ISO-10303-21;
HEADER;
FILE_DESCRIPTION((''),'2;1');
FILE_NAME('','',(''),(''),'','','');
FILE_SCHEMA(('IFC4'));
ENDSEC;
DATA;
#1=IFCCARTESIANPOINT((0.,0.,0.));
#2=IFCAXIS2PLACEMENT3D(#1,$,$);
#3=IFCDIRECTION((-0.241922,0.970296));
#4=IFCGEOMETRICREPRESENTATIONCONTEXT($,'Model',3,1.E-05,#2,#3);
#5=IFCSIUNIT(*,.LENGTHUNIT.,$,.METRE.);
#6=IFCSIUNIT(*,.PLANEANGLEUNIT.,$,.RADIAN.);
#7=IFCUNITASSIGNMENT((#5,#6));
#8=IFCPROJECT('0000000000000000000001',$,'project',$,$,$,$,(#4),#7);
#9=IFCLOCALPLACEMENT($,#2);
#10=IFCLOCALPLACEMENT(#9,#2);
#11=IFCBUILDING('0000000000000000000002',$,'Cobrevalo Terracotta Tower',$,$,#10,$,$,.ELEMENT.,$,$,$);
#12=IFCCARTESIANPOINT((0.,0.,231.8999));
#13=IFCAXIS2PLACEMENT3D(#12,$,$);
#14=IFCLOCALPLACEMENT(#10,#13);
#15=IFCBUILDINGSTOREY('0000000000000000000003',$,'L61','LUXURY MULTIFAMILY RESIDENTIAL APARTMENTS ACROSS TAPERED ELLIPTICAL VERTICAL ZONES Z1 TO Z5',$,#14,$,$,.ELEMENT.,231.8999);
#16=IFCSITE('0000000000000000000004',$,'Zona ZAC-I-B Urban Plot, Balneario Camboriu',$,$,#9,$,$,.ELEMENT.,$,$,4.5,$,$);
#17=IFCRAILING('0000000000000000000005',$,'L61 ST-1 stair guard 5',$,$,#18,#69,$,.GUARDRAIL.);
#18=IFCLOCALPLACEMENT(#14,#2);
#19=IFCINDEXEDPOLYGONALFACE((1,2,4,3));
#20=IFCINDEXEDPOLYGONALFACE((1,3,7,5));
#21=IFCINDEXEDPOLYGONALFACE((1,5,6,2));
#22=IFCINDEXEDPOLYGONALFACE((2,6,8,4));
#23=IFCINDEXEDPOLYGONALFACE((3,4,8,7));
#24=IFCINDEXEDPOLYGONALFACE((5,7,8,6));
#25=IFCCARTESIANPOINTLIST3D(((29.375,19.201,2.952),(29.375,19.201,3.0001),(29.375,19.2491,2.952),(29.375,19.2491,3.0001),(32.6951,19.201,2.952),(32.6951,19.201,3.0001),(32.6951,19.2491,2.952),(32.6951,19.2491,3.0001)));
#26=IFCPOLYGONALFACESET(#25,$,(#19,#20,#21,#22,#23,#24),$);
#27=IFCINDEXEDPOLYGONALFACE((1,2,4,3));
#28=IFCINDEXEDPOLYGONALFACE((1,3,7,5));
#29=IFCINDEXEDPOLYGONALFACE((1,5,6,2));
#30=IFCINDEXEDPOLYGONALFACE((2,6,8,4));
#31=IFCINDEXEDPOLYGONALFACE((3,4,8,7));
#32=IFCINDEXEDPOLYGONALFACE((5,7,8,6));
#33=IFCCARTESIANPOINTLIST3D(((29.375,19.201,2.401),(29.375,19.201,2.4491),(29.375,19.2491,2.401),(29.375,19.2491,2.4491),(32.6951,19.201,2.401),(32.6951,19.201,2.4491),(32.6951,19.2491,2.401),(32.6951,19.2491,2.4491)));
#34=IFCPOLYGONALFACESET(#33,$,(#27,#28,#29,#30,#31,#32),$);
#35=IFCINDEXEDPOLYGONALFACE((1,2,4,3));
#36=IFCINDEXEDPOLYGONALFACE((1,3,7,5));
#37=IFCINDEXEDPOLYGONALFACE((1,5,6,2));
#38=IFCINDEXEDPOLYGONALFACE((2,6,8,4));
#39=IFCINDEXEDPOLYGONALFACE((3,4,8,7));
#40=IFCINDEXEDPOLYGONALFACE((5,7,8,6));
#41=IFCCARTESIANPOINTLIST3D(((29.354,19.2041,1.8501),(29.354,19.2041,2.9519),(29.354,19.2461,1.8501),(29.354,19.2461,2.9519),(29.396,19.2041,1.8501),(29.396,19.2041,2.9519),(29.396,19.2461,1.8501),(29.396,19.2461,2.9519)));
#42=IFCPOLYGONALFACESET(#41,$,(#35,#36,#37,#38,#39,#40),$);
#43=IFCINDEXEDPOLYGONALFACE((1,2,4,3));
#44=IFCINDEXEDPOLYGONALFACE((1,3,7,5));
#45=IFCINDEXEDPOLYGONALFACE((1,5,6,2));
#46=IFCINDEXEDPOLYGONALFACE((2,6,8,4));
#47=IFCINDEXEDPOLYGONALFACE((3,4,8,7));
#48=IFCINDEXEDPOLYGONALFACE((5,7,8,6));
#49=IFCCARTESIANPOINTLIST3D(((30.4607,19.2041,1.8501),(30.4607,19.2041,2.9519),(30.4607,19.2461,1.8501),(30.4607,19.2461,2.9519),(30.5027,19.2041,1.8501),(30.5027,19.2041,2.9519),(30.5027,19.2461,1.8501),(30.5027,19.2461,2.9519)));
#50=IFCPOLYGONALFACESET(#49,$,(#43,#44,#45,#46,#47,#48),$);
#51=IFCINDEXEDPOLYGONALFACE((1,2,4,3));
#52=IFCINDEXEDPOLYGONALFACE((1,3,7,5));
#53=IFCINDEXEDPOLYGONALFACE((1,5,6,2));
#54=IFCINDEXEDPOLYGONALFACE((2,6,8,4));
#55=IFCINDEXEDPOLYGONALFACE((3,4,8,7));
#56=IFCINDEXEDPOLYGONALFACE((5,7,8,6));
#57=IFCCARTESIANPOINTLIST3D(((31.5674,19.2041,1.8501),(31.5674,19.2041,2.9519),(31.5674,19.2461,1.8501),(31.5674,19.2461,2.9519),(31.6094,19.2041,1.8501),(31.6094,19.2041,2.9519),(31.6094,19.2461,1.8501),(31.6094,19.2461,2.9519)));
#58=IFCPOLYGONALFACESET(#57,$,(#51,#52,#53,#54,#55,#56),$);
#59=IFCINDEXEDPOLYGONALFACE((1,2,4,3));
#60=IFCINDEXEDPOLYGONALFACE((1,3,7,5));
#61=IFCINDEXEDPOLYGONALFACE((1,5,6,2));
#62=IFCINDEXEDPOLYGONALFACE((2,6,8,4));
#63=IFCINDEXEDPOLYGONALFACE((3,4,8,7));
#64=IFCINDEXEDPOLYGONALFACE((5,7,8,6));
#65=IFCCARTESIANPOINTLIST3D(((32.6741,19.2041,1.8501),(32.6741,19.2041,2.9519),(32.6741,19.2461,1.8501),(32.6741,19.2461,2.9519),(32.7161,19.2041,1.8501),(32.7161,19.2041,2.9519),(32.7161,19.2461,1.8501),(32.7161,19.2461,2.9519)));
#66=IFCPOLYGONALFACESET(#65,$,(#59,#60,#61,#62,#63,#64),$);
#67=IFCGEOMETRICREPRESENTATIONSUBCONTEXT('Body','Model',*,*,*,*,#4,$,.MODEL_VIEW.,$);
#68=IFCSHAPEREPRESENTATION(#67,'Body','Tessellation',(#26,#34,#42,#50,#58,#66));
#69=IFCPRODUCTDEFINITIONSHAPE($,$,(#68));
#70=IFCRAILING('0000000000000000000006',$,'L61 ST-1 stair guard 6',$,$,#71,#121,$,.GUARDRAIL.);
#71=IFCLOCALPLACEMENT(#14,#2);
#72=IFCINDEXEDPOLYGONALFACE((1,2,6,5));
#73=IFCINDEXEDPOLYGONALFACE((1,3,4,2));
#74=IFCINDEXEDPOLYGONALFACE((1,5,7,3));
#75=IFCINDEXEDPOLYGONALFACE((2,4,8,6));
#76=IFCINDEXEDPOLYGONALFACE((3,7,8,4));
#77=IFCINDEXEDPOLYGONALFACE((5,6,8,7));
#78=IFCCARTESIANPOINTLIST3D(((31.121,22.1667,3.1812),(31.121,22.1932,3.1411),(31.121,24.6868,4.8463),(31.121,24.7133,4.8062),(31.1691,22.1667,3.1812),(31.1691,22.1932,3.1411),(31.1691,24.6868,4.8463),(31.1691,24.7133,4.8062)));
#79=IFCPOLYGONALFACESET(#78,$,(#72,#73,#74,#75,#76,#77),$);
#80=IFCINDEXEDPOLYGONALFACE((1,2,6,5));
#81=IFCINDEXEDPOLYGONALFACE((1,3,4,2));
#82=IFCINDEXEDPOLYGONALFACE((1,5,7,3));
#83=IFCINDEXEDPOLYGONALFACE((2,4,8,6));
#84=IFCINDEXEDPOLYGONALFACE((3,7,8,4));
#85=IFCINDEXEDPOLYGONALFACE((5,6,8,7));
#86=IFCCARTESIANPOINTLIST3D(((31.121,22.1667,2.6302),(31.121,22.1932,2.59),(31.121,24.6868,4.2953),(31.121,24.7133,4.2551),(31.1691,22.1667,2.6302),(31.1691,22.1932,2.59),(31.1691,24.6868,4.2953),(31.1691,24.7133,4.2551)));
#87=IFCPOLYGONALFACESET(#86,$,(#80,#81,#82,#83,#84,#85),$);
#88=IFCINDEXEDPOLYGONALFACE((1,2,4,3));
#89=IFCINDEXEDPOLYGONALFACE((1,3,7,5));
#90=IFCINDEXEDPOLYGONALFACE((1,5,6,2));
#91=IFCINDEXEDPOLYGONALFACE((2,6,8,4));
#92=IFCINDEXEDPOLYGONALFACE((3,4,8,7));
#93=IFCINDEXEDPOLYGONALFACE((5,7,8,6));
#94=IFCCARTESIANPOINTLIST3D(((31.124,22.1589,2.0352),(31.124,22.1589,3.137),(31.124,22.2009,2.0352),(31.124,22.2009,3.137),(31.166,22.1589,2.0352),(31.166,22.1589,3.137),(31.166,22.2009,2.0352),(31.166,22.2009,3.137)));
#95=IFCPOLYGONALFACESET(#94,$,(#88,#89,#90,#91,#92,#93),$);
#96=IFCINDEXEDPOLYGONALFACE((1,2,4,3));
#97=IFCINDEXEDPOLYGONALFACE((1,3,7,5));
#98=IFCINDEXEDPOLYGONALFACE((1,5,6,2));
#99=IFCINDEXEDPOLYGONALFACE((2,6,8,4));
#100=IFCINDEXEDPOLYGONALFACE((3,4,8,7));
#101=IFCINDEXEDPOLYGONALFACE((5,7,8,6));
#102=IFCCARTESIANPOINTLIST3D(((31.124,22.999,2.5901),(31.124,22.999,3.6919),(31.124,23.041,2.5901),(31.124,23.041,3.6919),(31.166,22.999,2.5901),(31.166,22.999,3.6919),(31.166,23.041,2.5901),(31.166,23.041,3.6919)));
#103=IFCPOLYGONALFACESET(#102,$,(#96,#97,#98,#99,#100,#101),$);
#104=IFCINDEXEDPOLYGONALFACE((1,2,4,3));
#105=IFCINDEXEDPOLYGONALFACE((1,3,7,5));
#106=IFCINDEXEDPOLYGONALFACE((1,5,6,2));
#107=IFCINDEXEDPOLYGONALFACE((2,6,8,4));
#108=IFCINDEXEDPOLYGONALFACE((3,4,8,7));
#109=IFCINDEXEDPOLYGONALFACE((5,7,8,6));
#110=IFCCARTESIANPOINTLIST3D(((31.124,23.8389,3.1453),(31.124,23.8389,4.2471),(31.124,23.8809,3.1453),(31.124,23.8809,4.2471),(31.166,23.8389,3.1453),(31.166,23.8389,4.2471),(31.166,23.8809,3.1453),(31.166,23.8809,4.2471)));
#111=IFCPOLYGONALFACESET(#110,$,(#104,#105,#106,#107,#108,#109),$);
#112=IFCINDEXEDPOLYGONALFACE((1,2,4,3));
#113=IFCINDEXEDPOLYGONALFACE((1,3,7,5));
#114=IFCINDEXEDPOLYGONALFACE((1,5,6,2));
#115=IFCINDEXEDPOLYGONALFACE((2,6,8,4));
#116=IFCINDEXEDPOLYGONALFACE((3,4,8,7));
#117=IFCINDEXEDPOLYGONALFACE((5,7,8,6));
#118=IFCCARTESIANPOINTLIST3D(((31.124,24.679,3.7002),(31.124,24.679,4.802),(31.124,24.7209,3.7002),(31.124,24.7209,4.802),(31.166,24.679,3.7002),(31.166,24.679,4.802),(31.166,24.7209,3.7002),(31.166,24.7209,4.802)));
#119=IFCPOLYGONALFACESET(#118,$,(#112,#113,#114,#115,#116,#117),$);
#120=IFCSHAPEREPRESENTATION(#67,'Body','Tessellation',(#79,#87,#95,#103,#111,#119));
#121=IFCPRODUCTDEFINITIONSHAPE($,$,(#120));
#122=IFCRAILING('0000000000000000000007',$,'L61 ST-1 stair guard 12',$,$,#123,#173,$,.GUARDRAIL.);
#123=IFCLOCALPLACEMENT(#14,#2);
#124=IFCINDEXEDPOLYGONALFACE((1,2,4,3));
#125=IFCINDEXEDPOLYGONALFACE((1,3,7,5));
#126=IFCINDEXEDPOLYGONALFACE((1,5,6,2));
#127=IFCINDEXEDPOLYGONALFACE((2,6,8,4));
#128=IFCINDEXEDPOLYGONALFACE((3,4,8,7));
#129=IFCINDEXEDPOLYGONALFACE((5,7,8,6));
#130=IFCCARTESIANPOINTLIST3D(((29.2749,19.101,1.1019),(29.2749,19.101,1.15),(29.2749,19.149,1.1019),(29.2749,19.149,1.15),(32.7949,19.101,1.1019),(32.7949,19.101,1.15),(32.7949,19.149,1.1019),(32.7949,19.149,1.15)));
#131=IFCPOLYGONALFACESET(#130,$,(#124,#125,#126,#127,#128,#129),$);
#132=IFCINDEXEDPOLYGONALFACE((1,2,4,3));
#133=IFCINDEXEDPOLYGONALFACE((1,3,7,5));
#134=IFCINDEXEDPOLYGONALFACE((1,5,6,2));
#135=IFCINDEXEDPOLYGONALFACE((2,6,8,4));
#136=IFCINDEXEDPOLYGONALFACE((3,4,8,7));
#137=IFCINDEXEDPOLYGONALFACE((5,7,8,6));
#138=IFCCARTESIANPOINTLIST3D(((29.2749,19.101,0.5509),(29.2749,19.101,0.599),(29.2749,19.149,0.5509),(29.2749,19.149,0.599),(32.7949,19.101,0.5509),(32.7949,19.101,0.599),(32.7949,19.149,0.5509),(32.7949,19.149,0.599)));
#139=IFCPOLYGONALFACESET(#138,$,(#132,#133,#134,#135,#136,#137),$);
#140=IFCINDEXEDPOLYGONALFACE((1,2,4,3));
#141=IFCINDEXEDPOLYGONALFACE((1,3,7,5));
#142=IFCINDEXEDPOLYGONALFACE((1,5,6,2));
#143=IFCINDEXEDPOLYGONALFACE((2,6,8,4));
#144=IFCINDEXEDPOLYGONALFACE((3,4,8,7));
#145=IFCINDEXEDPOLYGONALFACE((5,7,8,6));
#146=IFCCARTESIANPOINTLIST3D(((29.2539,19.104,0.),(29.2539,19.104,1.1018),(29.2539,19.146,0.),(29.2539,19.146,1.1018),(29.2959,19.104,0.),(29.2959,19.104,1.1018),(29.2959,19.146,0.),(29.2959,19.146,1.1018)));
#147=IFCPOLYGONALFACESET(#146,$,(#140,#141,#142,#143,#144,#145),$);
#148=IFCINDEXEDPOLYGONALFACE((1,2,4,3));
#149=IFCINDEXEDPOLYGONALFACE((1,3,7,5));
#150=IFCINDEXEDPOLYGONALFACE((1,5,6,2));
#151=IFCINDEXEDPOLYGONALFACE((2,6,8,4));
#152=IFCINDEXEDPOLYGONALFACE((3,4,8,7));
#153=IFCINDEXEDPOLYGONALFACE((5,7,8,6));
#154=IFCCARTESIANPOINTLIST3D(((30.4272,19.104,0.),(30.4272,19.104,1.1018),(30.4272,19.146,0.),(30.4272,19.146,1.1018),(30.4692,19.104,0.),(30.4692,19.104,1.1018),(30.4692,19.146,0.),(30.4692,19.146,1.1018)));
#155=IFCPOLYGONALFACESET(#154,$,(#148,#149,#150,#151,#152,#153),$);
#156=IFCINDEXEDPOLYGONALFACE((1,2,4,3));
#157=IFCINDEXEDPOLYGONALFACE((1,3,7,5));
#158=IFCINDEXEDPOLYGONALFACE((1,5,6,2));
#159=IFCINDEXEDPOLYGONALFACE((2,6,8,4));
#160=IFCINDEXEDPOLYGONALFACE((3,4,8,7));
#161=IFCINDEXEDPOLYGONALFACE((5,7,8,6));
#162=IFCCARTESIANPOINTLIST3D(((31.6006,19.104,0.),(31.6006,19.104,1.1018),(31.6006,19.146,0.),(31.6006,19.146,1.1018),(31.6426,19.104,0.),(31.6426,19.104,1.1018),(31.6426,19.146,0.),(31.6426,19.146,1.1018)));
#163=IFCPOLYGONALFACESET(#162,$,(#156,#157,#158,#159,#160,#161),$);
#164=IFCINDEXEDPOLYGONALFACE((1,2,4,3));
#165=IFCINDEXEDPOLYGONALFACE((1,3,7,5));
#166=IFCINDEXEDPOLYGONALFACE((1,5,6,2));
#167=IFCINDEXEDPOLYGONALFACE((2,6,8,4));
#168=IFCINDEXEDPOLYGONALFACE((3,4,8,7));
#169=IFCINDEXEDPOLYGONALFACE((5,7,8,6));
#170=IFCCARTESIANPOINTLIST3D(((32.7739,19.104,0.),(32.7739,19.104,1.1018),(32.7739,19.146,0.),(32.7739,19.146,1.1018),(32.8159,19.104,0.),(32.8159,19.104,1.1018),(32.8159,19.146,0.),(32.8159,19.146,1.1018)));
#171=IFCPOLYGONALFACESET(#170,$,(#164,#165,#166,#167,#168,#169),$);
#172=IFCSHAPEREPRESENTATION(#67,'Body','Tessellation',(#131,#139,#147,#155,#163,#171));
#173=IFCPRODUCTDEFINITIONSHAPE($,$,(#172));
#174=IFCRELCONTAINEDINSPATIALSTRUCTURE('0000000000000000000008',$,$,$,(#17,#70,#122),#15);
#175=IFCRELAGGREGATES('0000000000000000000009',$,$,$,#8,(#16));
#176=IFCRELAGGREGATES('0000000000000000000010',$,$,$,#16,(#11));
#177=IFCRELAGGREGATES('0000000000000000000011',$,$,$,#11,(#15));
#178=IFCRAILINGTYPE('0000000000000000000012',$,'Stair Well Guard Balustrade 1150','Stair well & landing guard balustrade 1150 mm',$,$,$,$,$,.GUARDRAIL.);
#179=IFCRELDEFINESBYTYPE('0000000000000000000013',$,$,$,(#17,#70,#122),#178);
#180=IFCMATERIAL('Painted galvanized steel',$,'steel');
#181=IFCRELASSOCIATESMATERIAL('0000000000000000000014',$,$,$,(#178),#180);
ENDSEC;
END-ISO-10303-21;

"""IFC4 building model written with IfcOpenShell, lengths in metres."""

from ifc_helpers import new_model, si_unit, direction, frame, origin, origin_2d, place, context, subcontext, project, spatial, rectangle, extrude, material, type_object, element, save


model = new_model("IFC4")

# Units and contexts
model_context = context("Model", 3, precision=1e-05, world=origin(), true_north=direction((-0.241922, 0.970296)))
body_context = subcontext(model_context, "Body", "Model", "MODEL_VIEW")
ifc_project = project(units=[si_unit("LENGTHUNIT", "METRE"), si_unit("PLANEANGLEUNIT", "RADIAN")], contexts=[model_context])

# Site, building, storey
site_placement = place(None, origin())
site = spatial("IfcSite", under=ifc_project, at=site_placement, Name="Zona ZAC-I-B Urban Plot, Balneario Camboriu", CompositionType="ELEMENT", RefElevation=4.5)
building_placement = place(site_placement, origin())
building = spatial("IfcBuilding", under=site, at=building_placement, Name="Cobrevalo Terracotta Tower", CompositionType="ELEMENT")
storey_placement = place(building_placement, frame((0.0, 0.0, 231.8999)))
storey = spatial("IfcBuildingStorey", under=building, at=storey_placement, Name="L61", Description="LUXURY MULTIFAMILY RESIDENTIAL APARTMENTS ACROSS TAPERED ELLIPTICAL VERTICAL ZONES Z1 TO Z5", CompositionType="ELEMENT", Elevation=231.8999)

# Railings
ifc_material_1 = material(Name="Painted galvanized steel", Category="steel")
railing_type_1 = type_object("IfcRailingType", Name="Stair Well Guard Balustrade 1150", Description="Stair well & landing guard balustrade 1150 mm", PredefinedType="GUARDRAIL", material=ifc_material_1)
railing_1_placement = place(storey_placement, frame((29.375, 19.2251, 1.8501)))
element("IfcRailing", 1, at=railing_1_placement, inside=storey, type_object=railing_type_1, Name="L61 ST-1 stair guard 5", PredefinedType="GUARDRAIL", context=body_context, shape_type="SweptSolid", body=[
    extrude(rectangle(XDim=0.0481, YDim=0.0481, at=origin_2d()), frame((0.0, 0.0, 1.126), z_axis=(1.0, 0.0, 0.0), x_axis=(0.0, 1.0, 0.0)), (0.0, 0.0, 1.0), 3.3201),
    extrude(rectangle(XDim=0.0481, YDim=0.0481, at=origin_2d()), frame((0.0, 0.0, 0.575), z_axis=(1.0, 0.0, 0.0), x_axis=(0.0, 1.0, 0.0)), (0.0, 0.0, 1.0), 3.3201),
    extrude(rectangle(XDim=0.042, YDim=0.042, at=origin_2d()), origin(), (0.0, 0.0, 1.0), 1.1018),
    extrude(rectangle(XDim=0.042, YDim=0.042, at=origin_2d()), frame((1.1067, 0.0, 0.0)), (0.0, 0.0, 1.0), 1.1018),
    extrude(rectangle(XDim=0.042, YDim=0.042, at=origin_2d()), frame((2.2134, 0.0, 0.0)), (0.0, 0.0, 1.0), 1.1018),
    extrude(rectangle(XDim=0.042, YDim=0.042, at=origin_2d()), frame((3.3201, 0.0, 0.0)), (0.0, 0.0, 1.0), 1.1018),
])
railing_2_placement = place(storey_placement, frame((31.145, 22.1799, 2.0352)))
element("IfcRailing", 2, at=railing_2_placement, inside=storey, type_object=railing_type_1, Name="L61 ST-1 stair guard 6", PredefinedType="GUARDRAIL", context=body_context, shape_type="SweptSolid", body=[
    extrude(rectangle(XDim=0.0481, YDim=0.0481, at=origin_2d()), frame((0.0, 0.0, 1.126), z_axis=(0.0, 0.834331, 0.551263), x_axis=(-1.0, 0.0, 0.0)), (0.0, 0.0, 1.0), 3.0205),
    extrude(rectangle(XDim=0.0481, YDim=0.0481, at=origin_2d()), frame((0.0, 0.0, 0.575), z_axis=(0.0, 0.834331, 0.551263), x_axis=(-1.0, 0.0, 0.0)), (0.0, 0.0, 1.0), 3.0205),
    extrude(rectangle(XDim=0.042, YDim=0.042, at=origin_2d()), origin(), (0.0, 0.0, 1.0), 1.1018),
    extrude(rectangle(XDim=0.042, YDim=0.042, at=origin_2d()), frame((0.0, 0.8401, 0.5549)), (0.0, 0.0, 1.0), 1.1018),
    extrude(rectangle(XDim=0.042, YDim=0.042, at=origin_2d()), frame((0.0, 1.6799, 1.1101)), (0.0, 0.0, 1.0), 1.1018),
    extrude(rectangle(XDim=0.042, YDim=0.042, at=origin_2d()), frame((0.0, 2.52, 1.665)), (0.0, 0.0, 1.0), 1.1018),
])
railing_3_placement = place(storey_placement, frame((29.2749, 19.125, 0.0)))
element("IfcRailing", 3, at=railing_3_placement, inside=storey, type_object=railing_type_1, Name="L61 ST-1 stair guard 12", PredefinedType="GUARDRAIL", context=body_context, shape_type="SweptSolid", body=[
    extrude(rectangle(XDim=0.0481, YDim=0.0481, at=origin_2d()), frame((0.0, 0.0, 1.126), z_axis=(1.0, 0.0, 0.0), x_axis=(0.0, 1.0, 0.0)), (0.0, 0.0, 1.0), 3.52),
    extrude(rectangle(XDim=0.0481, YDim=0.0481, at=origin_2d()), frame((0.0, 0.0, 0.575), z_axis=(1.0, 0.0, 0.0), x_axis=(0.0, 1.0, 0.0)), (0.0, 0.0, 1.0), 3.52),
    extrude(rectangle(XDim=0.042, YDim=0.042, at=origin_2d()), origin(), (0.0, 0.0, 1.0), 1.1018),
    extrude(rectangle(XDim=0.042, YDim=0.042, at=origin_2d()), frame((1.1733, 0.0, 0.0)), (0.0, 0.0, 1.0), 1.1018),
    extrude(rectangle(XDim=0.042, YDim=0.042, at=origin_2d()), frame((2.3467, 0.0, 0.0)), (0.0, 0.0, 1.0), 1.1018),
    extrude(rectangle(XDim=0.042, YDim=0.042, at=origin_2d()), frame((3.52, 0.0, 0.0)), (0.0, 0.0, 1.0), 1.1018),
])

save(model, "model.ifc")
